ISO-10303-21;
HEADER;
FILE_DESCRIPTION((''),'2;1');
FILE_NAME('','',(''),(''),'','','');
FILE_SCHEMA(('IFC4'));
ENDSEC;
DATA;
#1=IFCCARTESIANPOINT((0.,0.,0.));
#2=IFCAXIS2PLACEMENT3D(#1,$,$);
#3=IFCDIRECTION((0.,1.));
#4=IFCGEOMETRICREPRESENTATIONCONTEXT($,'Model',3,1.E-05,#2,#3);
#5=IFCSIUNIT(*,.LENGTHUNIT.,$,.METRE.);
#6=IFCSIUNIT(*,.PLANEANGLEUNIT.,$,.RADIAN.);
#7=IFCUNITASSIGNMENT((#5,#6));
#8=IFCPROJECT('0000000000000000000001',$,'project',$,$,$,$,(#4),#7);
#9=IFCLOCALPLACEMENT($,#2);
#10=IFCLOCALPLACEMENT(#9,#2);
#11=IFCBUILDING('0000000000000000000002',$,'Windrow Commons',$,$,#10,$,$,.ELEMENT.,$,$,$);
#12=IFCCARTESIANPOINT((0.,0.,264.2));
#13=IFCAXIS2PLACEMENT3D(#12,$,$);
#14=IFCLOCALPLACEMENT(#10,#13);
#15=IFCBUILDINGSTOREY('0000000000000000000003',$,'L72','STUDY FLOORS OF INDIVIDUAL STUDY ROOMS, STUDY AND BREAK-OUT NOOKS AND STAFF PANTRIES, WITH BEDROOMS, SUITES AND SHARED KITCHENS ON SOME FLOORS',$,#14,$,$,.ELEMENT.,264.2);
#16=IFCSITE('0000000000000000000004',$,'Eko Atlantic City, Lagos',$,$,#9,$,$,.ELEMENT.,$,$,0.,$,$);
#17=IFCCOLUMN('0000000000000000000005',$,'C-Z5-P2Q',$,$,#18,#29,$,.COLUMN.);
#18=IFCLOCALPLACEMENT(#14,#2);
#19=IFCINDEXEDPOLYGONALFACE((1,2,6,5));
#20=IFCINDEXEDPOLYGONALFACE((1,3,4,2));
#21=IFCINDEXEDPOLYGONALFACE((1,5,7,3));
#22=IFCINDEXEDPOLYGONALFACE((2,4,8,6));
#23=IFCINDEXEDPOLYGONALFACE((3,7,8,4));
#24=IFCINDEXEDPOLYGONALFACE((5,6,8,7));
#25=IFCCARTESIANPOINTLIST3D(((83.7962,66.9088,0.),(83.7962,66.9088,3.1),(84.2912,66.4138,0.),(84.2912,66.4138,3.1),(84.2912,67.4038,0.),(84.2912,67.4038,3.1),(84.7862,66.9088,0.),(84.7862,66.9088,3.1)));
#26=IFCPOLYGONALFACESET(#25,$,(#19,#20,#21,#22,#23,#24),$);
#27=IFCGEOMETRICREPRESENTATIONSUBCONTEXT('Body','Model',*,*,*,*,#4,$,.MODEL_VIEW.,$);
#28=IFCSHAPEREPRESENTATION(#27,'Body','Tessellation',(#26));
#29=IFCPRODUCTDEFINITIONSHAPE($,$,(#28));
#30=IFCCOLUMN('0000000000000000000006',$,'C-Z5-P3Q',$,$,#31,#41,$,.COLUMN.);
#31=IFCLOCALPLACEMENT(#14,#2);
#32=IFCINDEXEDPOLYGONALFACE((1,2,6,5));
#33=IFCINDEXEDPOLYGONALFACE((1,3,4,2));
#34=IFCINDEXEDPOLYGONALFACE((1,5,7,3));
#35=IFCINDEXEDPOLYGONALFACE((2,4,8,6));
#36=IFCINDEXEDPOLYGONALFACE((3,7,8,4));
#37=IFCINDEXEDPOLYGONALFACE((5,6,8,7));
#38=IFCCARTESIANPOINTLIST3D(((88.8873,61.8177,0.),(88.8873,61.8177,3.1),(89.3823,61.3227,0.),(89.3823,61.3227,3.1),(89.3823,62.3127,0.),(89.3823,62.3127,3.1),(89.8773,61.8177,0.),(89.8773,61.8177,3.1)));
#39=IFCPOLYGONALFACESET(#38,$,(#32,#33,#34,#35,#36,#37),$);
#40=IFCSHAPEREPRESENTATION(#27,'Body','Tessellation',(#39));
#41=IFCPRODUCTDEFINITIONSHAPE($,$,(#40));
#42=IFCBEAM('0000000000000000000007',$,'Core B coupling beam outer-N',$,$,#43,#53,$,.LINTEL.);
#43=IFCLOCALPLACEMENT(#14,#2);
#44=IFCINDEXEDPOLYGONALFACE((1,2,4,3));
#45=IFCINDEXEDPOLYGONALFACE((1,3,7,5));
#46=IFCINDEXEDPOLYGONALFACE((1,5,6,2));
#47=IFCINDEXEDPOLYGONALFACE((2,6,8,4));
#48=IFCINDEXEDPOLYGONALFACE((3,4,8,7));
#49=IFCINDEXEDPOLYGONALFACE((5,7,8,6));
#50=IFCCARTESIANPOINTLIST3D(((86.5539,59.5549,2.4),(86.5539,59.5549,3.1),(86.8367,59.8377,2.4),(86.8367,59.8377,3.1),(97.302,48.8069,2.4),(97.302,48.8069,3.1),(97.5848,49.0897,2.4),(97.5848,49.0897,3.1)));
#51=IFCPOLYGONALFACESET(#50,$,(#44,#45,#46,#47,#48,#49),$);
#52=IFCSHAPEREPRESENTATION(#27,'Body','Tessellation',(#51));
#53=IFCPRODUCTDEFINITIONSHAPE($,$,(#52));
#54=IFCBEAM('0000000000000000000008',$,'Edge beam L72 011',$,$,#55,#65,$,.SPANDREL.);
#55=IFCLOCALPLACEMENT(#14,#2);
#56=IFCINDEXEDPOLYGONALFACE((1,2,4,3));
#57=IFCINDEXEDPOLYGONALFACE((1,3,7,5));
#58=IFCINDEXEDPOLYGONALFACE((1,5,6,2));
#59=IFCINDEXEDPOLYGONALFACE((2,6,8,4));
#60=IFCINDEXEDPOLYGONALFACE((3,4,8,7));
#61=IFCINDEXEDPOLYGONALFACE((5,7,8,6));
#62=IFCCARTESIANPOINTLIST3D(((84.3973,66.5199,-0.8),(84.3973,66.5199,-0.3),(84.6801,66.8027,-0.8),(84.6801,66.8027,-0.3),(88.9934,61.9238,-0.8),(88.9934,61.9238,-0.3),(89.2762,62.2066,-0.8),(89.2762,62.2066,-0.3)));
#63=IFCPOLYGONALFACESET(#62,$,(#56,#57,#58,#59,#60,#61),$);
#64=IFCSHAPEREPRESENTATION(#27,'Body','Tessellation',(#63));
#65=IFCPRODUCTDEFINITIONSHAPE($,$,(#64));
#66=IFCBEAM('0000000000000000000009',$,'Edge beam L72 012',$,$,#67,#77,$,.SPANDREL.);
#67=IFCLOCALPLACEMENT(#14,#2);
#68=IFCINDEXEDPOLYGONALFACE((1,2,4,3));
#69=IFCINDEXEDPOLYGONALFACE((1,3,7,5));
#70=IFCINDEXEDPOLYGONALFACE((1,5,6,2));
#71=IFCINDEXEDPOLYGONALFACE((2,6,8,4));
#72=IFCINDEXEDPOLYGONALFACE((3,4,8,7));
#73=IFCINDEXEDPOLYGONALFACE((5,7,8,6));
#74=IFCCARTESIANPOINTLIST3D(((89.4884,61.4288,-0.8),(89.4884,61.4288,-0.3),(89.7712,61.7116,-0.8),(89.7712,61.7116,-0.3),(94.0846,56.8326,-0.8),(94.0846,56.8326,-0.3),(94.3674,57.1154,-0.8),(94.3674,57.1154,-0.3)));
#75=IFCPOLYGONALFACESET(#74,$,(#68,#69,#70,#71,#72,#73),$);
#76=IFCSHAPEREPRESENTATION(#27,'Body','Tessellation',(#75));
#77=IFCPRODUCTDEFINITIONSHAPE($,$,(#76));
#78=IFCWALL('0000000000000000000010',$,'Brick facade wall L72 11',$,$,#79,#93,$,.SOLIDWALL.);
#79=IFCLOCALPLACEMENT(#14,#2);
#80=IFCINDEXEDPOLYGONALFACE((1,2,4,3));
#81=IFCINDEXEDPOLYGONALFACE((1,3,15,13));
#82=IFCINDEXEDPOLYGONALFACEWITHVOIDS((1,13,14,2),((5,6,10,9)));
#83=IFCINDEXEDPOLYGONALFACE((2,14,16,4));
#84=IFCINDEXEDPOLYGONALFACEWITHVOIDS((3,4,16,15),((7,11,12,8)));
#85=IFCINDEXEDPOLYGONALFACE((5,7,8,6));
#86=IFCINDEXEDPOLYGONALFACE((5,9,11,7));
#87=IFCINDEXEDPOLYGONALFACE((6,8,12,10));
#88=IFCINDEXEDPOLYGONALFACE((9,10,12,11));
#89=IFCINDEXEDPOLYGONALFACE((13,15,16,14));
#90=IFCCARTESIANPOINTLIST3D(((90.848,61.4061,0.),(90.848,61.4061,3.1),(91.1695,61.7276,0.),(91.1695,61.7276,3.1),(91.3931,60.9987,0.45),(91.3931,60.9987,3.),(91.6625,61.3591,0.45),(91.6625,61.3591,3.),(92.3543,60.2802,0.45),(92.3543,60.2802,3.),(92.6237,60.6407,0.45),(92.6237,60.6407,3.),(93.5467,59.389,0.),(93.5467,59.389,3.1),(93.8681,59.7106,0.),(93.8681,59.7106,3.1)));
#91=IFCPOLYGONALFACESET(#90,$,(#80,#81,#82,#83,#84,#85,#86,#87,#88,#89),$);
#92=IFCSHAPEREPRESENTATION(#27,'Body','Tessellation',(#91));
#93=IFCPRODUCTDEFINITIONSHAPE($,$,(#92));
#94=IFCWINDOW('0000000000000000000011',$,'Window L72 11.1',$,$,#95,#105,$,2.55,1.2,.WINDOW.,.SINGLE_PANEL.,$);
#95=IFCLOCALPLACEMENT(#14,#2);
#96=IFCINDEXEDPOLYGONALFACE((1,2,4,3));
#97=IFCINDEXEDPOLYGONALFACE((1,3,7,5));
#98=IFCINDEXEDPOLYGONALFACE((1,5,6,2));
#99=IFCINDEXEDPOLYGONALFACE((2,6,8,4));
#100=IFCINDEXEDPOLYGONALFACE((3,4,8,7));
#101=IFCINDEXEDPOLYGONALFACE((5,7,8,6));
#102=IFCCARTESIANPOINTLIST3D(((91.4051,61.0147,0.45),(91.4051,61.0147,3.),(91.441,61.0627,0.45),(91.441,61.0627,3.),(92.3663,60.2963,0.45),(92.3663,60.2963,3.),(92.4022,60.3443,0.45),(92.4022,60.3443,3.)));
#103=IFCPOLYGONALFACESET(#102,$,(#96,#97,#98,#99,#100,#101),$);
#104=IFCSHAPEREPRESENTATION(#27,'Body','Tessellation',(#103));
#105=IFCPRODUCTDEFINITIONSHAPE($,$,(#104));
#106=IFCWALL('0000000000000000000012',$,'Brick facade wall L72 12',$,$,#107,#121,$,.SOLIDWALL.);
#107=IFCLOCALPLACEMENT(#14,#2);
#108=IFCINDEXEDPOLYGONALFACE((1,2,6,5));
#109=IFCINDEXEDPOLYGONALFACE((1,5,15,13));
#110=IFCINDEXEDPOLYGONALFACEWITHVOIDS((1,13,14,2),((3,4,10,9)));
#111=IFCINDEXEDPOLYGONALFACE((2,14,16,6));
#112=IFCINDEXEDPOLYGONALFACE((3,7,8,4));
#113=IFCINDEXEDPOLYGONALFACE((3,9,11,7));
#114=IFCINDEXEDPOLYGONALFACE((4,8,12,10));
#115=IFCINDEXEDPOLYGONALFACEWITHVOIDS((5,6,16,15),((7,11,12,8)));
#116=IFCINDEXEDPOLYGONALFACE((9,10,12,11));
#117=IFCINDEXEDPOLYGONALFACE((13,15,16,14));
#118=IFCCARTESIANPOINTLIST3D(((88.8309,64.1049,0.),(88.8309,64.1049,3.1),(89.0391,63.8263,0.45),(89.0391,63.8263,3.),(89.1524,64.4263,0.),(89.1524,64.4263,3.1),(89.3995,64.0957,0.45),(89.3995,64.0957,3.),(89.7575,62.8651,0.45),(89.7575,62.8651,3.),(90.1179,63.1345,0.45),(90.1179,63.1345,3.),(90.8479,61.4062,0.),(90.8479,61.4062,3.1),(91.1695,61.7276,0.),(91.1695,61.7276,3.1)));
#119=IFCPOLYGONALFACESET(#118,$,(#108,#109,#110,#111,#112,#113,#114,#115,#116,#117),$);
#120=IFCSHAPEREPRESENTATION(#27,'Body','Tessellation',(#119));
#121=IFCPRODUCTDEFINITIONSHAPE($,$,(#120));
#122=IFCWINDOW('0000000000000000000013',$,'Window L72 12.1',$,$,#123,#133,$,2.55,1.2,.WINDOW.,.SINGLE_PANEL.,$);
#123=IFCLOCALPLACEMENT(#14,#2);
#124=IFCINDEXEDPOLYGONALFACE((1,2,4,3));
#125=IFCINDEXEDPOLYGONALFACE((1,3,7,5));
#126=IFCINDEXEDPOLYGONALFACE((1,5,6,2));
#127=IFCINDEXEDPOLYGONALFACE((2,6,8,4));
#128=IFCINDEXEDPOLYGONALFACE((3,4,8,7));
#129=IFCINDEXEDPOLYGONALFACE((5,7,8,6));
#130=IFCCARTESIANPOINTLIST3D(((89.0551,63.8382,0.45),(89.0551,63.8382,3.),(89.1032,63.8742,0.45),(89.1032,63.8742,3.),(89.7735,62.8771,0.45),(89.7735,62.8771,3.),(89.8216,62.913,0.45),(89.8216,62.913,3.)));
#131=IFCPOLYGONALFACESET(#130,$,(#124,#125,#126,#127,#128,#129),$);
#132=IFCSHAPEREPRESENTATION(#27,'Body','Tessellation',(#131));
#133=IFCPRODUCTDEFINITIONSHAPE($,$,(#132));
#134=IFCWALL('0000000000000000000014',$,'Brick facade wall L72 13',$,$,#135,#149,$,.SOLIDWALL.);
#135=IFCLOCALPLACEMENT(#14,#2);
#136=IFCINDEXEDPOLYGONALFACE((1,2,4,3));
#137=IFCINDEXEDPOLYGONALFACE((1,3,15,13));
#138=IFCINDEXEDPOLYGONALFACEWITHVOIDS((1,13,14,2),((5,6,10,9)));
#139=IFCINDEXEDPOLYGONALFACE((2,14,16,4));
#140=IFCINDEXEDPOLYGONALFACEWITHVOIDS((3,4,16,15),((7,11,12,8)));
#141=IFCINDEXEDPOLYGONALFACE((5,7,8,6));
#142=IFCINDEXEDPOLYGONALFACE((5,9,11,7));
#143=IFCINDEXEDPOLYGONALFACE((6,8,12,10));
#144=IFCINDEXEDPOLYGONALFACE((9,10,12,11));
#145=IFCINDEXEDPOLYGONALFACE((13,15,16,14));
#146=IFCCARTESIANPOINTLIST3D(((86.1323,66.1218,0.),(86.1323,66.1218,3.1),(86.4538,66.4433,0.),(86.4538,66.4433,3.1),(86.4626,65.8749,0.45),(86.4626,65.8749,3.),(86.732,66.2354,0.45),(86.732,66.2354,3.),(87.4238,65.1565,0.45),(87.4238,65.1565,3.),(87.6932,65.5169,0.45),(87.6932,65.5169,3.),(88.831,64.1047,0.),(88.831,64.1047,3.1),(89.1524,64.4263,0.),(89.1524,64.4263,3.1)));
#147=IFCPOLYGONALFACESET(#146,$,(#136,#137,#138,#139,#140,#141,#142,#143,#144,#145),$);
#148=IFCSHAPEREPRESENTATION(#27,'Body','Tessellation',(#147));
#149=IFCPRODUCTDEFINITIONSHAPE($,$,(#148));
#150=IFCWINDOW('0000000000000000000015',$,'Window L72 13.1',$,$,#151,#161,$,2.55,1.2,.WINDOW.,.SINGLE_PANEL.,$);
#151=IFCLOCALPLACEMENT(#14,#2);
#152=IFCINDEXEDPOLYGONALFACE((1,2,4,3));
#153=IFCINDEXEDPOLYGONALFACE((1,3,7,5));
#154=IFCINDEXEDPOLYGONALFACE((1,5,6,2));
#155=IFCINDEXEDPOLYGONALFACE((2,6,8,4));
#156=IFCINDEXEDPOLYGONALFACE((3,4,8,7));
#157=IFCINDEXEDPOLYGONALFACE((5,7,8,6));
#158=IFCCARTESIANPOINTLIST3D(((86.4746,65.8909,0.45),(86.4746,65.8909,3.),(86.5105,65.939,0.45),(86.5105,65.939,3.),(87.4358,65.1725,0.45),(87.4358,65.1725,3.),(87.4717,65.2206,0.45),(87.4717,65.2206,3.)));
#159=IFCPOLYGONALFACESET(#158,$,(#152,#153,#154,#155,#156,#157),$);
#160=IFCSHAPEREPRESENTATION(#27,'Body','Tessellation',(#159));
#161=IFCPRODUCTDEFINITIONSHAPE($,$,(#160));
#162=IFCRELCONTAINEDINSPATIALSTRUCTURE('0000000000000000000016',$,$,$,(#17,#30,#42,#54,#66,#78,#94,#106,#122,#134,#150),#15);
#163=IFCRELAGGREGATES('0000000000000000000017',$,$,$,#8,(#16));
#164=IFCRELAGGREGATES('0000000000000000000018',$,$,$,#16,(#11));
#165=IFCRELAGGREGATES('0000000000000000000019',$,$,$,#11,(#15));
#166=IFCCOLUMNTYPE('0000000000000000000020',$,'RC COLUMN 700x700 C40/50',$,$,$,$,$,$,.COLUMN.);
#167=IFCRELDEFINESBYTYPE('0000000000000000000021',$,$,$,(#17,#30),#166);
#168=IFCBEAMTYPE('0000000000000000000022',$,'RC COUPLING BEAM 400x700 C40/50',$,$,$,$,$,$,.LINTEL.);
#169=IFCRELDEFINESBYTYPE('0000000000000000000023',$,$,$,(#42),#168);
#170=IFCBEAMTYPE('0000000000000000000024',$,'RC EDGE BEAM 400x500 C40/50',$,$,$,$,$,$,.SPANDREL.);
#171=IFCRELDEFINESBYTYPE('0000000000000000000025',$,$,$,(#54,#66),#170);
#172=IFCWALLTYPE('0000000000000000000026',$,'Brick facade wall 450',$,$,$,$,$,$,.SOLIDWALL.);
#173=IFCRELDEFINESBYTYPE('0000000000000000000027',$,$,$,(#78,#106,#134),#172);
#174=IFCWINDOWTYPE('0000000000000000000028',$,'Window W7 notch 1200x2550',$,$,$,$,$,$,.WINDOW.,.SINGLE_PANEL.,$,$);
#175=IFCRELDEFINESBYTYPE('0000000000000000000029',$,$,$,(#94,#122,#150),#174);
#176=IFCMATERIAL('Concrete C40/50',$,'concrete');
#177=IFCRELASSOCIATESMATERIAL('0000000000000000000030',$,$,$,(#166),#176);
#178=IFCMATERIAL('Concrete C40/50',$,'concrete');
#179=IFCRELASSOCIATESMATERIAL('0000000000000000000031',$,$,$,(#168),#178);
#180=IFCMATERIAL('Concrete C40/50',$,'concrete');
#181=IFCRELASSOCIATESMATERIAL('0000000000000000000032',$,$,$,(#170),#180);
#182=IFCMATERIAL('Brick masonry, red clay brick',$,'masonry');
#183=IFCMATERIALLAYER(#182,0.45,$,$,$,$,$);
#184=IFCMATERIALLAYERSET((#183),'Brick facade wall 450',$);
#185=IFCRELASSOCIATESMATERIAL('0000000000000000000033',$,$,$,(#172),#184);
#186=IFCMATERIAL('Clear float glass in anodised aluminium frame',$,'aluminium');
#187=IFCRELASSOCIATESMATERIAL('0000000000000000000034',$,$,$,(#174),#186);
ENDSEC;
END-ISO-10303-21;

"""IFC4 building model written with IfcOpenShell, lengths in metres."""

from ifc_helpers import new_model, si_unit, direction, frame, frame_2d, origin, origin_2d, place, context, subcontext, project, spatial, polyline, rectangle, outline, extrude, material, layer, layer_set, material_profile, profile_set, type_object, element, fill, save


model = new_model("IFC4")

# Units and contexts
model_context = context("Model", 3, precision=1e-05, world=origin(), true_north=direction((0.0, 1.0)))
body_context = subcontext(model_context, "Body", "Model", "MODEL_VIEW")
ifc_project = project(units=[si_unit("LENGTHUNIT", "METRE"), si_unit("PLANEANGLEUNIT", "RADIAN")], contexts=[model_context])

# Site, building, storey
site_placement = place(None, origin())
site = spatial("IfcSite", under=ifc_project, at=site_placement, Name="Eko Atlantic City, Lagos", CompositionType="ELEMENT", RefElevation=0.0)
building_placement = place(site_placement, origin())
building = spatial("IfcBuilding", under=site, at=building_placement, Name="Windrow Commons", CompositionType="ELEMENT")
storey_placement = place(building_placement, frame((0.0, 0.0, 264.2)))
storey = spatial("IfcBuildingStorey", under=building, at=storey_placement, Name="L72", Description="STUDY FLOORS OF INDIVIDUAL STUDY ROOMS, STUDY AND BREAK-OUT NOOKS AND STAFF PANTRIES, WITH BEDROOMS, SUITES AND SHARED KITCHENS ON SOME FLOORS", CompositionType="ELEMENT", Elevation=264.2)

# Columns
ifc_material_1 = material(Name="Concrete C40/50", Category="concrete")
ifc_material_profile_1 = material_profile(ifc_material_1, rectangle(XDim=0.7, YDim=0.7, at=origin_2d()))
ifc_profile_set_1 = profile_set([ifc_material_profile_1], Name="Concrete C40/50")
column_type = type_object("IfcColumnType", Name="RC COLUMN 700x700 C40/50", PredefinedType="COLUMN", material=ifc_profile_set_1)
for number, where, z_axis, x_axis, name in (
    (1, (84.2912, 66.9088, 0.0), (0.0, 0.0, 1.0), (0.707107, -0.707107, 0.0), "C-Z5-P2Q"),
    (2, (89.3823, 61.8177, 0.0), (0.0, 0.0, 1.0), (0.707107, -0.707107, 0.0), "C-Z5-P3Q"),
):
    element("IfcColumn", number, at=place(storey_placement, frame(where, z_axis=z_axis, x_axis=x_axis)), inside=storey, type_object=column_type, Name=name, PredefinedType="COLUMN", context=body_context, shape_type="SweptSolid", body=[
        extrude(rectangle(XDim=0.7, YDim=0.7, at=origin_2d()), origin(), (0.0, 0.0, 1.0), 3.1),
    ])

# Beams
ifc_material_2 = material(Name="Concrete C40/50", Category="concrete")
ifc_material_profile_2 = material_profile(ifc_material_2, rectangle(XDim=0.4, YDim=0.7, at=origin_2d()))
ifc_profile_set_2 = profile_set([ifc_material_profile_2], Name="Concrete C40/50")
beam_type_1 = type_object("IfcBeamType", Name="RC COUPLING BEAM 400x700 C40/50", PredefinedType="LINTEL", material=ifc_profile_set_2)
beam_1_placement = place(storey_placement, frame((86.6953, 59.6963, 2.75), z_axis=(0.70711, -0.707103, 0.0), x_axis=(0.707103, 0.70711, 0.0)))
element("IfcBeam", 3, at=beam_1_placement, inside=storey, type_object=beam_type_1, Name="Core B coupling beam outer-N", PredefinedType="LINTEL", context=body_context, shape_type="SweptSolid", body=[
    extrude(rectangle(XDim=0.4, YDim=0.7, at=origin_2d()), origin(), (0.0, 0.0, 1.0), 15.2),
])
ifc_material_3 = material(Name="Concrete C40/50", Category="concrete")
ifc_material_profile_3 = material_profile(ifc_material_3, rectangle(XDim=0.4, YDim=0.5, at=origin_2d()))
ifc_profile_set_3 = profile_set([ifc_material_profile_3], Name="Concrete C40/50")
beam_type_2 = type_object("IfcBeamType", Name="RC EDGE BEAM 400x500 C40/50", PredefinedType="SPANDREL", material=ifc_profile_set_3)
beam_2_placement = place(storey_placement, frame((84.5387, 66.6613, -0.55), z_axis=(0.707107, -0.707107, 0.0), x_axis=(0.707107, 0.707107, 0.0)))
element("IfcBeam", 4, at=beam_2_placement, inside=storey, type_object=beam_type_2, Name="Edge beam L72 011", PredefinedType="SPANDREL", context=body_context, shape_type="SweptSolid", body=[
    extrude(rectangle(XDim=0.4, YDim=0.5, at=origin_2d()), origin(), (0.0, 0.0, 1.0), 6.4999),
])
beam_3_placement = place(storey_placement, frame((89.6298, 61.5702, -0.55), z_axis=(0.707107, -0.707107, 0.0), x_axis=(0.707107, 0.707107, 0.0)))
element("IfcBeam", 5, at=beam_3_placement, inside=storey, type_object=beam_type_2, Name="Edge beam L72 012", PredefinedType="SPANDREL", context=body_context, shape_type="SweptSolid", body=[
    extrude(rectangle(XDim=0.4, YDim=0.5, at=origin_2d()), origin(), (0.0, 0.0, 1.0), 6.5),
])

# Walls, openings, windows
ifc_material_4 = material(Name="Brick masonry, red clay brick", Category="masonry")
ifc_layer_1 = layer(ifc_material_4, 0.45)
ifc_layer_set_1 = layer_set([ifc_layer_1], Name="Brick facade wall 450")
wall_type_1 = type_object("IfcWallType", Name="Brick facade wall 450", PredefinedType="SOLIDWALL", material=ifc_layer_set_1)
wall_1_placement = place(storey_placement, frame((93.7074, 59.5498, 0.0), z_axis=(0.0, 0.0, 1.0), x_axis=(-0.800985, 0.598684, 0.0)))
wall_1 = element("IfcWall", 6, at=wall_1_placement, inside=storey, type_object=wall_type_1, Name="Brick facade wall L72 11", PredefinedType="SOLIDWALL", context=body_context, shape_type="SweptSolid", body=[
    extrude(outline(polyline([(-0.0325, -0.225), (3.3367, -0.225), (3.4017, 0.225), (0.0325, 0.225), (-0.0325, -0.225)])), origin(), (0.0, 0.0, 1.0), 3.1),
])
opening_1_placement = place(wall_1_placement, frame((1.5211, 0.0, 0.45)))
opening_1 = element("IfcOpeningElement", 7, at=opening_1_placement, cuts=wall_1, PredefinedType="OPENING", context=body_context, shape_type="SweptSolid", body=[
    extrude(rectangle(XDim=1.2, YDim=2.55, at=frame_2d((0.6, 1.275))), frame((0.0, 0.235, 0.0), z_axis=(0.0, -1.0, 0.0), x_axis=(1.0, 0.0, 0.0)), (0.0, 0.0, 1.0), 0.47),
])
ifc_material_5 = material(Name="Clear float glass in anodised aluminium frame", Category="aluminium")
window_type = type_object("IfcWindowType", Name="Window W7 notch 1200x2550", PartitioningType="SINGLE_PANEL", PredefinedType="WINDOW", material=ifc_material_5)
window_1_placement = place(opening_1_placement, origin())
window_1 = element("IfcWindow", 8, at=window_1_placement, inside=storey, type_object=window_type, Name="Window L72 11.1", OverallHeight=2.55, OverallWidth=1.2, PartitioningType="SINGLE_PANEL", PredefinedType="WINDOW", context=body_context, shape_type="SweptSolid", body=[
    extrude(rectangle(XDim=1.2, YDim=2.55, at=frame_2d((0.6, 1.275))), frame((0.0, 0.205, 0.0), z_axis=(0.0, -1.0, 0.0), x_axis=(1.0, 0.0, 0.0)), (0.0, 0.0, 1.0), 0.06),
])
fill(opening_1, window_1)
wall_2_placement = place(storey_placement, frame((91.0087, 61.5669, 0.0), z_axis=(0.0, 0.0, 1.0), x_axis=(-0.598679, 0.800989, 0.0)))
wall_2 = element("IfcWall", 9, at=wall_2_placement, inside=storey, type_object=wall_type_1, Name="Brick facade wall L72 12", PredefinedType="SOLIDWALL", context=body_context, shape_type="SweptSolid", body=[
    extrude(outline(polyline([(0.0325, -0.225), (3.4017, -0.225), (3.3367, 0.225), (-0.0325, 0.225), (0.0325, -0.225)])), origin(), (0.0, 0.0, 1.0), 3.1),
])
opening_2_placement = place(wall_2_placement, frame((1.7889, 0.0, 0.45)))
opening_2 = element("IfcOpeningElement", 10, at=opening_2_placement, cuts=wall_2, PredefinedType="OPENING", context=body_context, shape_type="SweptSolid", body=[
    extrude(rectangle(XDim=1.2, YDim=2.55, at=frame_2d((0.6, 1.275))), frame((0.0, 0.235, 0.0), z_axis=(0.0, -1.0, 0.0), x_axis=(1.0, 0.0, 0.0)), (0.0, 0.0, 1.0), 0.47),
])
window_2_placement = place(opening_2_placement, origin())
window_2 = element("IfcWindow", 11, at=window_2_placement, inside=storey, type_object=window_type, Name="Window L72 12.1", OverallHeight=2.55, OverallWidth=1.2, PartitioningType="SINGLE_PANEL", PredefinedType="WINDOW", context=body_context, shape_type="SweptSolid", body=[
    extrude(rectangle(XDim=1.2, YDim=2.55, at=frame_2d((0.6, 1.275))), frame((0.0, 0.205, 0.0), z_axis=(0.0, -1.0, 0.0), x_axis=(1.0, 0.0, 0.0)), (0.0, 0.0, 1.0), 0.06),
])
fill(opening_2, window_2)
wall_3_placement = place(storey_placement, frame((88.9917, 64.2655, 0.0), z_axis=(0.0, 0.0, 1.0), x_axis=(-0.800985, 0.598684, 0.0)))
wall_3 = element("IfcWall", 12, at=wall_3_placement, inside=storey, type_object=wall_type_1, Name="Brick facade wall L72 13", PredefinedType="SOLIDWALL", context=body_context, shape_type="SweptSolid", body=[
    extrude(outline(polyline([(-0.0325, -0.225), (3.3367, -0.225), (3.4017, 0.225), (0.0325, 0.225), (-0.0325, -0.225)])), origin(), (0.0, 0.0, 1.0), 3.1),
])
opening_3_placement = place(wall_3_placement, frame((1.7893, 0.0, 0.45)))
opening_3 = element("IfcOpeningElement", 13, at=opening_3_placement, cuts=wall_3, PredefinedType="OPENING", context=body_context, shape_type="SweptSolid", body=[
    extrude(rectangle(XDim=1.2, YDim=2.55, at=frame_2d((0.6, 1.275))), frame((0.0, 0.235, 0.0), z_axis=(0.0, -1.0, 0.0), x_axis=(1.0, 0.0, 0.0)), (0.0, 0.0, 1.0), 0.47),
])
window_3_placement = place(opening_3_placement, origin())
window_3 = element("IfcWindow", 14, at=window_3_placement, inside=storey, type_object=window_type, Name="Window L72 13.1", OverallHeight=2.55, OverallWidth=1.2, PartitioningType="SINGLE_PANEL", PredefinedType="WINDOW", context=body_context, shape_type="SweptSolid", body=[
    extrude(rectangle(XDim=1.2, YDim=2.55, at=frame_2d((0.6, 1.275))), frame((0.0, 0.205, 0.0), z_axis=(0.0, -1.0, 0.0), x_axis=(1.0, 0.0, 0.0)), (0.0, 0.0, 1.0), 0.06),
])
fill(opening_3, window_3)

save(model, "model.ifc")
